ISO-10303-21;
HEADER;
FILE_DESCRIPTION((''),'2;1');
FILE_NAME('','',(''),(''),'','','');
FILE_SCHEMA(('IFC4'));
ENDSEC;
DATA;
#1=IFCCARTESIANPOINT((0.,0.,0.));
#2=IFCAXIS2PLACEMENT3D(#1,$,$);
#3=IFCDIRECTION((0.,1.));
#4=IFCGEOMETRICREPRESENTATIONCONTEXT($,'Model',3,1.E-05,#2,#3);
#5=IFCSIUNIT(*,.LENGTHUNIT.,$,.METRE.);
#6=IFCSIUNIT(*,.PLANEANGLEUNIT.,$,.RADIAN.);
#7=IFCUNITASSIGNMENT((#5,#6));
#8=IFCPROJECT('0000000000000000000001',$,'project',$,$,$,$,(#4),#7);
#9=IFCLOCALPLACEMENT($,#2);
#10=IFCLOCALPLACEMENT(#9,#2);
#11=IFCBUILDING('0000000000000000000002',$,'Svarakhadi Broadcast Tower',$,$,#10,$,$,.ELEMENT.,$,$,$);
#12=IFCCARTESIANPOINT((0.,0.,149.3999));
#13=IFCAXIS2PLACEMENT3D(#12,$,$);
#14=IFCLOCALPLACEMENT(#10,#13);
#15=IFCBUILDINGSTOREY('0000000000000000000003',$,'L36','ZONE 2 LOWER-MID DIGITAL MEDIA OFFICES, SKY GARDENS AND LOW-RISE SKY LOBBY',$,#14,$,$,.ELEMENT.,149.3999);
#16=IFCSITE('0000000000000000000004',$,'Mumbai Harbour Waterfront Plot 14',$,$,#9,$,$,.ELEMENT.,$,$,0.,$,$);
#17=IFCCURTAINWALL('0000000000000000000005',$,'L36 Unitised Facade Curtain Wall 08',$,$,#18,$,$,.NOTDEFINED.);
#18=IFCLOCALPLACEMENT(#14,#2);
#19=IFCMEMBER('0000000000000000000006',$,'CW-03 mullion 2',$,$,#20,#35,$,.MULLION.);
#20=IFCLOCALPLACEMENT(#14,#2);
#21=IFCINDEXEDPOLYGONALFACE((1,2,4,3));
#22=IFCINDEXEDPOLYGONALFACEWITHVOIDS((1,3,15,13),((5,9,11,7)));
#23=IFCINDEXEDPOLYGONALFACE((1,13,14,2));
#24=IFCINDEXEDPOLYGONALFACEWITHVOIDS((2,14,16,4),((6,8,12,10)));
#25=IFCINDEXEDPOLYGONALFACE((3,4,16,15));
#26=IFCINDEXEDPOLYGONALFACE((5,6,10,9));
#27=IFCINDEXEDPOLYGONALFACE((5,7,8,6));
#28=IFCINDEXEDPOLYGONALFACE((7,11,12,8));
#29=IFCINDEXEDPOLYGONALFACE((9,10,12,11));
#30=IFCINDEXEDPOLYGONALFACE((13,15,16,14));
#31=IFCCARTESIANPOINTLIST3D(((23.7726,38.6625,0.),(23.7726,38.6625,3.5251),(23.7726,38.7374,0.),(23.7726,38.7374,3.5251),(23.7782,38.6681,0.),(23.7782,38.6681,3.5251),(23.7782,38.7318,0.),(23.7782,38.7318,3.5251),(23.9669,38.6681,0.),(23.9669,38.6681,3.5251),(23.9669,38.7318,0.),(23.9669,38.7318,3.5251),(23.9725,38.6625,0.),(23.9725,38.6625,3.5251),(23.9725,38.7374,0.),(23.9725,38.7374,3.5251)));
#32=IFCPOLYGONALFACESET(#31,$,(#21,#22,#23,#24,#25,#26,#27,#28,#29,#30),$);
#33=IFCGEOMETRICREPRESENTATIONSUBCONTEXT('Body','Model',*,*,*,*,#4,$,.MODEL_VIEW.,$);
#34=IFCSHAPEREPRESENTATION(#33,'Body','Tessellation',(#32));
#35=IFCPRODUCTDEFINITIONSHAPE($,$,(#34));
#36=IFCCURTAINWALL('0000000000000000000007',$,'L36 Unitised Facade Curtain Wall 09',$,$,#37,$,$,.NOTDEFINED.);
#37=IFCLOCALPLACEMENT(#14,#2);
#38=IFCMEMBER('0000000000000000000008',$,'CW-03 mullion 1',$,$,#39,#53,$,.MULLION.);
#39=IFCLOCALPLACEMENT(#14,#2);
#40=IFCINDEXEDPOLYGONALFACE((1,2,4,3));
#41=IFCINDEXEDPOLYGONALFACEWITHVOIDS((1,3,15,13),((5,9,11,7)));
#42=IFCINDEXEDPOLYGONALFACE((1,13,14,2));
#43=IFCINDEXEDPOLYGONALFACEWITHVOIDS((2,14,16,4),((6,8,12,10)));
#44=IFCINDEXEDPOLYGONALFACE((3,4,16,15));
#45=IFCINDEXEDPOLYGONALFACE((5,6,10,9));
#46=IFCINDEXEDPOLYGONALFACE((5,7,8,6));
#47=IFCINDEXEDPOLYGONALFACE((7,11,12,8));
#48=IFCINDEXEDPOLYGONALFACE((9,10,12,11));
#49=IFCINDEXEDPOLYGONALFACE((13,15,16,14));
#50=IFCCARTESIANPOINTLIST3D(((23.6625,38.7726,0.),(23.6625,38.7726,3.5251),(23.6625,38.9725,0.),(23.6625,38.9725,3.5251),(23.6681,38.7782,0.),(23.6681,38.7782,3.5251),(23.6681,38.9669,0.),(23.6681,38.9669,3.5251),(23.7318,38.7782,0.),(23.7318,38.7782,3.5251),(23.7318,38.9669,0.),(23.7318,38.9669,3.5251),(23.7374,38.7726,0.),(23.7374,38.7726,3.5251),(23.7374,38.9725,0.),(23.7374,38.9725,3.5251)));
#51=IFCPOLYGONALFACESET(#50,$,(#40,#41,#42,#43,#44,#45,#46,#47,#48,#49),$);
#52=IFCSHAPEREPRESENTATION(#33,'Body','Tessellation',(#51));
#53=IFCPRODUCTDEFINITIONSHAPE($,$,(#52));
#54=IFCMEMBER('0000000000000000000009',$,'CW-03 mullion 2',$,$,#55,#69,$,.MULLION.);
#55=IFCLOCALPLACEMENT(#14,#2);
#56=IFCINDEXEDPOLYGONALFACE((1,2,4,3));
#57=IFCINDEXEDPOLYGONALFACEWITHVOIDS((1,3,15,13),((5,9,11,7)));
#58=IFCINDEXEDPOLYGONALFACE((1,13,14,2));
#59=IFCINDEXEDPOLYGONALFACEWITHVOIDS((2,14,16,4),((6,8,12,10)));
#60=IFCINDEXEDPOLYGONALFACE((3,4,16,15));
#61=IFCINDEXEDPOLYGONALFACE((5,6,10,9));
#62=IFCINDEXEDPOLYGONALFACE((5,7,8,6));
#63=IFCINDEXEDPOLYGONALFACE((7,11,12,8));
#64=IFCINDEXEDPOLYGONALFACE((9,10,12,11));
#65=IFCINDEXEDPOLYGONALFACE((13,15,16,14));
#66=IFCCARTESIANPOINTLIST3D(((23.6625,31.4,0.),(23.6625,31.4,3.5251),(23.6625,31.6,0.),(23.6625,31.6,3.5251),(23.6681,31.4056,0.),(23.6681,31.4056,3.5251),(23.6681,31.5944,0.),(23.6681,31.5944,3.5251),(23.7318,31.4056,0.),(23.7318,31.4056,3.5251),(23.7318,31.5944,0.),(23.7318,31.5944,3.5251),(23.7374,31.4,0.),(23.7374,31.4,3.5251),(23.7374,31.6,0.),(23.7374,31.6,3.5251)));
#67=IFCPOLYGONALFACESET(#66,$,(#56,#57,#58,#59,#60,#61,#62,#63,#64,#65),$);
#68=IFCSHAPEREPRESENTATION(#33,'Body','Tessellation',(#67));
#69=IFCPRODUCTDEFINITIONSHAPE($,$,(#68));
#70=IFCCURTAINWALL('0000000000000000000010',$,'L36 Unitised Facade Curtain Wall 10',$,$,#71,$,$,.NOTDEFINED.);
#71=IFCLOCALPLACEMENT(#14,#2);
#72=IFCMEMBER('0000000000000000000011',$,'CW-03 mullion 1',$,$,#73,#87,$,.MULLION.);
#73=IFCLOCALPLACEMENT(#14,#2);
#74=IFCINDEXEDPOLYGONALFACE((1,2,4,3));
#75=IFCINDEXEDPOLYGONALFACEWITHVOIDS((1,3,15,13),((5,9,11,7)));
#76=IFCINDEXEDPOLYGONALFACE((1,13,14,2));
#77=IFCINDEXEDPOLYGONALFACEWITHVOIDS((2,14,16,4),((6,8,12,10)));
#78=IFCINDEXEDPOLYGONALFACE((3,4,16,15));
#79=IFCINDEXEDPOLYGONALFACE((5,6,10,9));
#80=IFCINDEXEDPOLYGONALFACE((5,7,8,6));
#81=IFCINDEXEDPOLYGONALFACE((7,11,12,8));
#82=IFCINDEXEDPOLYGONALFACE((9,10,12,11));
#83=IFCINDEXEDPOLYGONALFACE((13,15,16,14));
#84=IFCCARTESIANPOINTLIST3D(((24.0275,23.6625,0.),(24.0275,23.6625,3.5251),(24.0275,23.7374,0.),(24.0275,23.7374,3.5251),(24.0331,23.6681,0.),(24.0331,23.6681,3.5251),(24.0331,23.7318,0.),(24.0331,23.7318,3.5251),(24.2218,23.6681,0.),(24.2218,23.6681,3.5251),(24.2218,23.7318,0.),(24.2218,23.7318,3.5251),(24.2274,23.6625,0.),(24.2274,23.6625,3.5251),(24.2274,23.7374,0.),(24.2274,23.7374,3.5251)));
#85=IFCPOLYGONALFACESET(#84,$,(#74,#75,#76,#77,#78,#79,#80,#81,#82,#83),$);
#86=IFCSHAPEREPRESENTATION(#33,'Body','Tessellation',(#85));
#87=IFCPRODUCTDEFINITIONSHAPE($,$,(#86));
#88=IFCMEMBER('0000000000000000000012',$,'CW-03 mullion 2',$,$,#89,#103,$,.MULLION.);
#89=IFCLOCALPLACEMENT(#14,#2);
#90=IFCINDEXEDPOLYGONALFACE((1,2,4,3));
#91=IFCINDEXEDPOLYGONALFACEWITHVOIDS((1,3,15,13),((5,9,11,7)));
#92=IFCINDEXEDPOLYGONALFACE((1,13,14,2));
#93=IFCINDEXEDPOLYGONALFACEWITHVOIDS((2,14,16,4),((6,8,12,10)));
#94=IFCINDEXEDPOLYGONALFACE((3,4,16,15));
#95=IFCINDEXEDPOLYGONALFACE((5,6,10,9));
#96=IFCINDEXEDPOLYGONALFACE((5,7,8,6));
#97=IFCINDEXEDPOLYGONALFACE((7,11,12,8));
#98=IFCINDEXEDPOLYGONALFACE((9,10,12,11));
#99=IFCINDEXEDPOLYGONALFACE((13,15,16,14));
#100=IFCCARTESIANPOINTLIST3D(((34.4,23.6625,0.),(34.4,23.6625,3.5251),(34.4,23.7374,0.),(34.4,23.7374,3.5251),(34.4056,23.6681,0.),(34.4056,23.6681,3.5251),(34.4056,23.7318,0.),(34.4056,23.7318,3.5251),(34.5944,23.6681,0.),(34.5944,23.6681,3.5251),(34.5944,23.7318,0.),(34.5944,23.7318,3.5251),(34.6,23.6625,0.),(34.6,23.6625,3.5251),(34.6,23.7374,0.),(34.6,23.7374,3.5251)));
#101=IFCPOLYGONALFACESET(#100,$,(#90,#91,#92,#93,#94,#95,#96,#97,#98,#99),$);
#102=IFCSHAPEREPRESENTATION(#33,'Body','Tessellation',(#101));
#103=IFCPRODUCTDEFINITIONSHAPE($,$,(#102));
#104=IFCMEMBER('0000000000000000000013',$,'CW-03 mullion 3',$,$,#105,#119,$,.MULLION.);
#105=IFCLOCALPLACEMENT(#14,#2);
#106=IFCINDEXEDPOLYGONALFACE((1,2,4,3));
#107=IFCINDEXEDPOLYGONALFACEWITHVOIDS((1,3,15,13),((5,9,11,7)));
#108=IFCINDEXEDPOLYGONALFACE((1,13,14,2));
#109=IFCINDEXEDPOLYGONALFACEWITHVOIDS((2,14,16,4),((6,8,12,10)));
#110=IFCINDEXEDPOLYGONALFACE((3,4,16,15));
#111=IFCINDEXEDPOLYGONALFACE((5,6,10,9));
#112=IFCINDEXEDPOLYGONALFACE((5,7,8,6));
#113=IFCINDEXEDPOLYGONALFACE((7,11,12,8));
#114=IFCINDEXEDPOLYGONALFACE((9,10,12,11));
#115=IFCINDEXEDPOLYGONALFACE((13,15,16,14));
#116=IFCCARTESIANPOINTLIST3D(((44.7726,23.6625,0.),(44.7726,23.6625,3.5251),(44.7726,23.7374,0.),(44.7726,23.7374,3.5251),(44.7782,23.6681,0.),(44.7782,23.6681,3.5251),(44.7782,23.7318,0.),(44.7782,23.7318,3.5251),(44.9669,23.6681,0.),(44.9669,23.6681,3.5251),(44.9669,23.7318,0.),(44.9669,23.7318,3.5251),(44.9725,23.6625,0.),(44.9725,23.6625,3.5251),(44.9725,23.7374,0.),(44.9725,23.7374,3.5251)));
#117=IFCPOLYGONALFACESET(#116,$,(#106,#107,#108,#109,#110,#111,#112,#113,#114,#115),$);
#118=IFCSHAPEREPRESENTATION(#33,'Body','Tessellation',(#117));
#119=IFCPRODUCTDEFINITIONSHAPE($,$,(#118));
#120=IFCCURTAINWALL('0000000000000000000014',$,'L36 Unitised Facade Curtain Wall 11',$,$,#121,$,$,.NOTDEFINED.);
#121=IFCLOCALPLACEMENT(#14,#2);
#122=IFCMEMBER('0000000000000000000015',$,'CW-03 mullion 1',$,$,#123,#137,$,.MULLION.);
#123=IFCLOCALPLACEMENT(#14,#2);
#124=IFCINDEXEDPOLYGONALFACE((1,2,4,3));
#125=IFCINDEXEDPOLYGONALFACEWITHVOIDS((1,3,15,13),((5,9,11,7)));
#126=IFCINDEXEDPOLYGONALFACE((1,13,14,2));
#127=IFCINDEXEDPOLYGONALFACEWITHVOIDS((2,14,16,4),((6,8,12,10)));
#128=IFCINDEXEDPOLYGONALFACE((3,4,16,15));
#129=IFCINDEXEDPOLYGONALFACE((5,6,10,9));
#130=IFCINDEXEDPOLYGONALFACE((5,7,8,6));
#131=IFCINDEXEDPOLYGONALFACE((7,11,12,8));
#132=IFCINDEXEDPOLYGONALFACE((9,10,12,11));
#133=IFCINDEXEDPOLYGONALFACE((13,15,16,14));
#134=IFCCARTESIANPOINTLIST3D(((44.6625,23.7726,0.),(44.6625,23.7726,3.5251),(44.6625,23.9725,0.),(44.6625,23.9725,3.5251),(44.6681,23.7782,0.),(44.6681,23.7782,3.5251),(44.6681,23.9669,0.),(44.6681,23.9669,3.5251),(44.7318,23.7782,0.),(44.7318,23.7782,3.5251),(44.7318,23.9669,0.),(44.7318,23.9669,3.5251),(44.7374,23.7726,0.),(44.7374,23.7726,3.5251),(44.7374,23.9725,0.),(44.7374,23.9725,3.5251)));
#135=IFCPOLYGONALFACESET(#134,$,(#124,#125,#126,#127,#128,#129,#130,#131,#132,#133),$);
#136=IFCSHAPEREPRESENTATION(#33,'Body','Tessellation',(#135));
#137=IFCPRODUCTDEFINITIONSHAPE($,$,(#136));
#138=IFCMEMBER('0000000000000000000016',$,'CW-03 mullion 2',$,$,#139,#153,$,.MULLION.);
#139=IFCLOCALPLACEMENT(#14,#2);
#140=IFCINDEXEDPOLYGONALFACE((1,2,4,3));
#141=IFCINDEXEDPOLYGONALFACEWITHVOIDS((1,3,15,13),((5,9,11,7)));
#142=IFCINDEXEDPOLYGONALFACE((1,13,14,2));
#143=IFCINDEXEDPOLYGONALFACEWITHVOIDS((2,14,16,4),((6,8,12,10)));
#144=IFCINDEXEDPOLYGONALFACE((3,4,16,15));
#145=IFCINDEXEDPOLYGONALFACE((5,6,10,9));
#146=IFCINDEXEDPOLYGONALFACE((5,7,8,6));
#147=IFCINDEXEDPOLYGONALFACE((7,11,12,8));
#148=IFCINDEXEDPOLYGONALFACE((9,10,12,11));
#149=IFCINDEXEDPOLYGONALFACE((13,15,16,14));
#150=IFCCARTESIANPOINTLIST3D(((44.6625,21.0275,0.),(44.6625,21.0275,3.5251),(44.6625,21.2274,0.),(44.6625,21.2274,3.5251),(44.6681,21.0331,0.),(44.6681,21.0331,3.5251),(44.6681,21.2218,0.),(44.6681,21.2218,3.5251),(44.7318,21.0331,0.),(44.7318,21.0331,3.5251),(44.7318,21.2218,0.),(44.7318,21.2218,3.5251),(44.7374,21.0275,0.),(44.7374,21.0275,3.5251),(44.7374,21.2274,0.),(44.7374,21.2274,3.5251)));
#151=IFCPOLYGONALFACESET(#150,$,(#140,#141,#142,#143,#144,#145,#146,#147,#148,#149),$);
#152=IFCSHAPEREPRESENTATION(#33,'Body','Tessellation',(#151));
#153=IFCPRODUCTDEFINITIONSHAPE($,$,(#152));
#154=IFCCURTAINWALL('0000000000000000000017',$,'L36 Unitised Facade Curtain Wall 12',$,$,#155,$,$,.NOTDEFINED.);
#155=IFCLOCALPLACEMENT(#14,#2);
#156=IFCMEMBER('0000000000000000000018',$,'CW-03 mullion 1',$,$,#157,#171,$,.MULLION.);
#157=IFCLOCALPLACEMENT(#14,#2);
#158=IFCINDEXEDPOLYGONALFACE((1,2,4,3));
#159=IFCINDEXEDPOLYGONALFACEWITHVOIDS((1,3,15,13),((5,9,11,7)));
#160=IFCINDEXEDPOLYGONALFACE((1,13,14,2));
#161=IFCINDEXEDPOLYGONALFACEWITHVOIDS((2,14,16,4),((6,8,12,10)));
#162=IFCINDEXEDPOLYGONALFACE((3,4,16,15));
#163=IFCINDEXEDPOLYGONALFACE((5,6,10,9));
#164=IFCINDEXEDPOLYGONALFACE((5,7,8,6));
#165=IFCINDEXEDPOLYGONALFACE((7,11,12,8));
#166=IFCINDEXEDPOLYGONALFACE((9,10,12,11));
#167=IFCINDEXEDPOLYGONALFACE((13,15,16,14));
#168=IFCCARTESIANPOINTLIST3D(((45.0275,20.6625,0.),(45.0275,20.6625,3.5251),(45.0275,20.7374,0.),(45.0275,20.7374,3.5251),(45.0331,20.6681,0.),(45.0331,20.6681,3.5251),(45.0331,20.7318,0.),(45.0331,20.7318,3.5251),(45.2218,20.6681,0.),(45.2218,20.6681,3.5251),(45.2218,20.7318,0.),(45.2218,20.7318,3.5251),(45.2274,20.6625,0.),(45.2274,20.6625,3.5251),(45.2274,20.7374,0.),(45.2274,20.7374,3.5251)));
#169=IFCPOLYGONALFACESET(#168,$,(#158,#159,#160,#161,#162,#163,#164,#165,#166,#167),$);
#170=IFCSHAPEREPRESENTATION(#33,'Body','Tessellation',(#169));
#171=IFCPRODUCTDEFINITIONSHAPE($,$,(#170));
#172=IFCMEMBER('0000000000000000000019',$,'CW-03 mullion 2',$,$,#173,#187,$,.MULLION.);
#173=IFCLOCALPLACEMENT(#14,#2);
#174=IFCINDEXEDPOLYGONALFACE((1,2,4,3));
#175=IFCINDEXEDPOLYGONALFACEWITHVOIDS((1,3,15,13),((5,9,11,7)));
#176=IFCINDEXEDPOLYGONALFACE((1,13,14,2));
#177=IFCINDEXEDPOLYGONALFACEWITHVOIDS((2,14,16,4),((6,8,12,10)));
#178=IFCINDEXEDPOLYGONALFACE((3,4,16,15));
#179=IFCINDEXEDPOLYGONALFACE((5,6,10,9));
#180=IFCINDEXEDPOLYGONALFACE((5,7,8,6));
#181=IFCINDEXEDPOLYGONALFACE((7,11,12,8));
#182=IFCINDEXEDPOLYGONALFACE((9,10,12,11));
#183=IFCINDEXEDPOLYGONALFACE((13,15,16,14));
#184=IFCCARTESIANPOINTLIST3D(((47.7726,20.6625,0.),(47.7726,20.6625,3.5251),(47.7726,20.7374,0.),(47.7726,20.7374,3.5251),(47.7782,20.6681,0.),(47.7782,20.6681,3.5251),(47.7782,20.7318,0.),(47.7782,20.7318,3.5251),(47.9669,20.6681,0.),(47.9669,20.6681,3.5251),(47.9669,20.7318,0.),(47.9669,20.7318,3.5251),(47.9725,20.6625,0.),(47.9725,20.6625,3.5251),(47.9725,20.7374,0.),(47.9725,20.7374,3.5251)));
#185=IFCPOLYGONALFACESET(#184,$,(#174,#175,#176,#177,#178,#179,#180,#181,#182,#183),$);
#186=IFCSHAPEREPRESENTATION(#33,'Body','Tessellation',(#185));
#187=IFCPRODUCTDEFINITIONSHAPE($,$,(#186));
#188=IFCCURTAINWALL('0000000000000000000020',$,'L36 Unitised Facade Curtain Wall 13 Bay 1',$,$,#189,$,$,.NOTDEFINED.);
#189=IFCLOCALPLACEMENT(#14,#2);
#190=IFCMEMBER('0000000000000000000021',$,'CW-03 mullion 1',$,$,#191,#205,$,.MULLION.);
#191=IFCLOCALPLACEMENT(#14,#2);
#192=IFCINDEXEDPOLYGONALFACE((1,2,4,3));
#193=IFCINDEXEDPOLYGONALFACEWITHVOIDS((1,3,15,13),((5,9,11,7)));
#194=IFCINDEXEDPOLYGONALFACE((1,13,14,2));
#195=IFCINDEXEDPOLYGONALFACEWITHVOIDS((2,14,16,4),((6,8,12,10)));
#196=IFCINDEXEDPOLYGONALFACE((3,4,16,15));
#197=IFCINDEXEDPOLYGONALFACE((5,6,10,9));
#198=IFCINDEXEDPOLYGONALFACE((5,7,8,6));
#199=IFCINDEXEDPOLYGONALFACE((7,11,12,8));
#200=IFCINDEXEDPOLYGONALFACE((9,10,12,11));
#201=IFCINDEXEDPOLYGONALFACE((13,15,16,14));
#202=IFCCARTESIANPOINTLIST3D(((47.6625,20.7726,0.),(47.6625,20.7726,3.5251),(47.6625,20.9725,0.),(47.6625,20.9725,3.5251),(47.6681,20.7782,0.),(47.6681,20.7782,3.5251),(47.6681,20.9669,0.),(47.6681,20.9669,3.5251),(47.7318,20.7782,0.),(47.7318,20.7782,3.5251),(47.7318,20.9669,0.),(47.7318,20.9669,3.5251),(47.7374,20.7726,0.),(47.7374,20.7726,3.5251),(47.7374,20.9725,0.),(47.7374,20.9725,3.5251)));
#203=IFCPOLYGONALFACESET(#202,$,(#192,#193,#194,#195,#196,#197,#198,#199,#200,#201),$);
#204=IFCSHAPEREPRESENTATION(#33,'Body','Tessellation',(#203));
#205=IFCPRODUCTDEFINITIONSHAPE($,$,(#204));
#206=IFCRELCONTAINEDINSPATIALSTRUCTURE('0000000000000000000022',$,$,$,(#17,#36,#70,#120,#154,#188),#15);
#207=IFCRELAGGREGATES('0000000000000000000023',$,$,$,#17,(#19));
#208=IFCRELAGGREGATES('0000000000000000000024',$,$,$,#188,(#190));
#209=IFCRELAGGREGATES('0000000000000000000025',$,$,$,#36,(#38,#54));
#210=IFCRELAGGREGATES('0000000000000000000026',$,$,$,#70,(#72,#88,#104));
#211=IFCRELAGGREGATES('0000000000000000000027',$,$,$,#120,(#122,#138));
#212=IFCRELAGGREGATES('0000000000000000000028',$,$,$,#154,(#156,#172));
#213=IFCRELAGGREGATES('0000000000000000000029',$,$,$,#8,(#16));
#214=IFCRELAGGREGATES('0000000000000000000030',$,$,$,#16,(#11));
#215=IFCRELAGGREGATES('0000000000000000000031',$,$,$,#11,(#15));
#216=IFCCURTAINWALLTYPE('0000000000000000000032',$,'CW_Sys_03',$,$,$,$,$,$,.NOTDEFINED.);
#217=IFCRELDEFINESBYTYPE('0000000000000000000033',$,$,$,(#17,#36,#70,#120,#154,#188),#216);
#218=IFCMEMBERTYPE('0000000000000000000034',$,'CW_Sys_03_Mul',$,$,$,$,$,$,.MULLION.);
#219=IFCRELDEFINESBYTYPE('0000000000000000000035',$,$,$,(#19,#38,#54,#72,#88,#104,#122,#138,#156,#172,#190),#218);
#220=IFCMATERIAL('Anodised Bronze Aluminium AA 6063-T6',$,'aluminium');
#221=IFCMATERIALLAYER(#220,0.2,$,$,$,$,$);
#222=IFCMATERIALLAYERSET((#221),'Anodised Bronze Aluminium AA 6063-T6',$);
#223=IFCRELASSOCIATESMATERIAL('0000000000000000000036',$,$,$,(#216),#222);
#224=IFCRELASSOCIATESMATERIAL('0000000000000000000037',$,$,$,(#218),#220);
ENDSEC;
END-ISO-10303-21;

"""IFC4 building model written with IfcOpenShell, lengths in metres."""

from ifc_helpers import new_model, si_unit, direction, frame, origin, origin_2d, place, context, subcontext, project, spatial, hollow_rectangle, extrude, material, layer, layer_set, material_profile, profile_set, type_object, element, aggregate, save


model = new_model("IFC4")

# Units and contexts
model_context = context("Model", 3, precision=1e-05, world=origin(), true_north=direction((0.0, 1.0)))
body_context = subcontext(model_context, "Body", "Model", "MODEL_VIEW")
ifc_project = project(units=[si_unit("LENGTHUNIT", "METRE"), si_unit("PLANEANGLEUNIT", "RADIAN")], contexts=[model_context])

# Site, building, storey
site_placement = place(None, origin())
site = spatial("IfcSite", under=ifc_project, at=site_placement, Name="Mumbai Harbour Waterfront Plot 14", CompositionType="ELEMENT", RefElevation=0.0)
building_placement = place(site_placement, origin())
building = spatial("IfcBuilding", under=site, at=building_placement, Name="Svarakhadi Broadcast Tower", CompositionType="ELEMENT")
storey_placement = place(building_placement, frame((0.0, 0.0, 149.3999)))
storey = spatial("IfcBuildingStorey", under=building, at=storey_placement, Name="L36", Description="ZONE 2 LOWER-MID DIGITAL MEDIA OFFICES, SKY GARDENS AND LOW-RISE SKY LOBBY", CompositionType="ELEMENT", Elevation=149.3999)

# Curtain wall, member
ifc_material_1 = material(Name="Anodised Bronze Aluminium AA 6063-T6", Category="aluminium")
ifc_layer_1 = layer(ifc_material_1, 0.2)
ifc_layer_set_1 = layer_set([ifc_layer_1], Name="Anodised Bronze Aluminium AA 6063-T6")
curtain_wall_type = type_object("IfcCurtainWallType", Name="CW_Sys_03", PredefinedType="NOTDEFINED", material=ifc_layer_set_1)
curtain_wall_1_placement = place(storey_placement, origin())
curtain_wall_1 = element("IfcCurtainWall", 1, at=curtain_wall_1_placement, inside=storey, type_object=curtain_wall_type, Name="L36 Unitised Facade Curtain Wall 08", PredefinedType="NOTDEFINED")
ifc_material_profile_1 = material_profile(ifc_material_1, hollow_rectangle(XDim=0.075, YDim=0.2, WallThickness=0.0056, at=origin_2d()), Name="ALU MULLION 200x75x6")
ifc_profile_set_1 = profile_set([ifc_material_profile_1], Name="Anodised Bronze Aluminium AA 6063-T6")
member_type_1 = type_object("IfcMemberType", Name="CW_Sys_03_Mul", PredefinedType="MULLION", material=ifc_profile_set_1)
member_1_placement = place(storey_placement, frame((23.8726, 38.7, 0.0), z_axis=(0.0, 0.0, 1.0), x_axis=(0.0, 1.0, 0.0)))
member_1 = element("IfcMember", 2, at=member_1_placement, type_object=member_type_1, Name="CW-03 mullion 2", PredefinedType="MULLION", context=body_context, shape_type="SweptSolid", body=[
    extrude(hollow_rectangle(XDim=0.075, YDim=0.2, WallThickness=0.0056, at=origin_2d()), origin(), (0.0, 0.0, 1.0), 3.5251),
])
aggregate(curtain_wall_1, [member_1])

# Curtain walls, members
curtain_wall_2_placement = place(storey_placement, origin())
curtain_wall_2 = element("IfcCurtainWall", 3, at=curtain_wall_2_placement, inside=storey, type_object=curtain_wall_type, Name="L36 Unitised Facade Curtain Wall 09", PredefinedType="NOTDEFINED")
member_2_placement = place(storey_placement, frame((23.7, 38.8726, 0.0), z_axis=(0.0, 0.0, 1.0), x_axis=(1.0, 0.0, 0.0)))
member_2 = element("IfcMember", 4, at=member_2_placement, type_object=member_type_1, Name="CW-03 mullion 1", PredefinedType="MULLION", context=body_context, shape_type="SweptSolid", body=[
    extrude(hollow_rectangle(XDim=0.075, YDim=0.2, WallThickness=0.0056, at=origin_2d()), origin(), (0.0, 0.0, 1.0), 3.5251),
])
member_3_placement = place(storey_placement, frame((23.7, 31.5, 0.0), z_axis=(0.0, 0.0, 1.0), x_axis=(1.0, 0.0, 0.0)))
member_3 = element("IfcMember", 5, at=member_3_placement, type_object=member_type_1, Name="CW-03 mullion 2", PredefinedType="MULLION", context=body_context, shape_type="SweptSolid", body=[
    extrude(hollow_rectangle(XDim=0.075, YDim=0.2, WallThickness=0.0056, at=origin_2d()), origin(), (0.0, 0.0, 1.0), 3.5251),
])
curtain_wall_3_placement = place(storey_placement, origin())
curtain_wall_3 = element("IfcCurtainWall", 6, at=curtain_wall_3_placement, inside=storey, type_object=curtain_wall_type, Name="L36 Unitised Facade Curtain Wall 10", PredefinedType="NOTDEFINED")
member_4_placement = place(storey_placement, frame((24.1274, 23.7, 0.0), z_axis=(0.0, 0.0, 1.0), x_axis=(0.0, 1.0, 0.0)))
member_4 = element("IfcMember", 7, at=member_4_placement, type_object=member_type_1, Name="CW-03 mullion 1", PredefinedType="MULLION", context=body_context, shape_type="SweptSolid", body=[
    extrude(hollow_rectangle(XDim=0.075, YDim=0.2, WallThickness=0.0056, at=origin_2d()), origin(), (0.0, 0.0, 1.0), 3.5251),
])
member_5_placement = place(storey_placement, frame((34.5, 23.7, 0.0), z_axis=(0.0, 0.0, 1.0), x_axis=(0.0, 1.0, 0.0)))
member_5 = element("IfcMember", 8, at=member_5_placement, type_object=member_type_1, Name="CW-03 mullion 2", PredefinedType="MULLION", context=body_context, shape_type="SweptSolid", body=[
    extrude(hollow_rectangle(XDim=0.075, YDim=0.2, WallThickness=0.0056, at=origin_2d()), origin(), (0.0, 0.0, 1.0), 3.5251),
])
member_6_placement = place(storey_placement, frame((44.8726, 23.7, 0.0), z_axis=(0.0, 0.0, 1.0), x_axis=(0.0, 1.0, 0.0)))
member_6 = element("IfcMember", 9, at=member_6_placement, type_object=member_type_1, Name="CW-03 mullion 3", PredefinedType="MULLION", context=body_context, shape_type="SweptSolid", body=[
    extrude(hollow_rectangle(XDim=0.075, YDim=0.2, WallThickness=0.0056, at=origin_2d()), origin(), (0.0, 0.0, 1.0), 3.5251),
])
curtain_wall_4_placement = place(storey_placement, origin())
curtain_wall_4 = element("IfcCurtainWall", 10, at=curtain_wall_4_placement, inside=storey, type_object=curtain_wall_type, Name="L36 Unitised Facade Curtain Wall 11", PredefinedType="NOTDEFINED")
member_7_placement = place(storey_placement, frame((44.7, 23.8726, 0.0), z_axis=(0.0, 0.0, 1.0), x_axis=(1.0, 0.0, 0.0)))
member_7 = element("IfcMember", 11, at=member_7_placement, type_object=member_type_1, Name="CW-03 mullion 1", PredefinedType="MULLION", context=body_context, shape_type="SweptSolid", body=[
    extrude(hollow_rectangle(XDim=0.075, YDim=0.2, WallThickness=0.0056, at=origin_2d()), origin(), (0.0, 0.0, 1.0), 3.5251),
])
member_8_placement = place(storey_placement, frame((44.7, 21.1274, 0.0), z_axis=(0.0, 0.0, 1.0), x_axis=(1.0, 0.0, 0.0)))
member_8 = element("IfcMember", 12, at=member_8_placement, type_object=member_type_1, Name="CW-03 mullion 2", PredefinedType="MULLION", context=body_context, shape_type="SweptSolid", body=[
    extrude(hollow_rectangle(XDim=0.075, YDim=0.2, WallThickness=0.0056, at=origin_2d()), origin(), (0.0, 0.0, 1.0), 3.5251),
])
curtain_wall_5_placement = place(storey_placement, origin())
curtain_wall_5 = element("IfcCurtainWall", 13, at=curtain_wall_5_placement, inside=storey, type_object=curtain_wall_type, Name="L36 Unitised Facade Curtain Wall 12", PredefinedType="NOTDEFINED")
member_9_placement = place(storey_placement, frame((45.1274, 20.7, 0.0), z_axis=(0.0, 0.0, 1.0), x_axis=(0.0, 1.0, 0.0)))
member_9 = element("IfcMember", 14, at=member_9_placement, type_object=member_type_1, Name="CW-03 mullion 1", PredefinedType="MULLION", context=body_context, shape_type="SweptSolid", body=[
    extrude(hollow_rectangle(XDim=0.075, YDim=0.2, WallThickness=0.0056, at=origin_2d()), origin(), (0.0, 0.0, 1.0), 3.5251),
])
member_10_placement = place(storey_placement, frame((47.8726, 20.7, 0.0), z_axis=(0.0, 0.0, 1.0), x_axis=(0.0, 1.0, 0.0)))
member_10 = element("IfcMember", 15, at=member_10_placement, type_object=member_type_1, Name="CW-03 mullion 2", PredefinedType="MULLION", context=body_context, shape_type="SweptSolid", body=[
    extrude(hollow_rectangle(XDim=0.075, YDim=0.2, WallThickness=0.0056, at=origin_2d()), origin(), (0.0, 0.0, 1.0), 3.5251),
])

# Curtain wall, member
curtain_wall_6_placement = place(storey_placement, origin())
curtain_wall_6 = element("IfcCurtainWall", 16, at=curtain_wall_6_placement, inside=storey, type_object=curtain_wall_type, Name="L36 Unitised Facade Curtain Wall 13 Bay 1", PredefinedType="NOTDEFINED")
member_11_placement = place(storey_placement, frame((47.7, 20.8726, 0.0), z_axis=(0.0, 0.0, 1.0), x_axis=(1.0, 0.0, 0.0)))
member_11 = element("IfcMember", 17, at=member_11_placement, type_object=member_type_1, Name="CW-03 mullion 1", PredefinedType="MULLION", context=body_context, shape_type="SweptSolid", body=[
    extrude(hollow_rectangle(XDim=0.075, YDim=0.2, WallThickness=0.0056, at=origin_2d()), origin(), (0.0, 0.0, 1.0), 3.5251),
])

aggregate(curtain_wall_6, [member_11])

aggregate(curtain_wall_2, [member_2, member_3])
aggregate(curtain_wall_3, [member_4, member_5, member_6])
aggregate(curtain_wall_4, [member_7, member_8])
aggregate(curtain_wall_5, [member_9, member_10])

save(model, "model.ifc")
